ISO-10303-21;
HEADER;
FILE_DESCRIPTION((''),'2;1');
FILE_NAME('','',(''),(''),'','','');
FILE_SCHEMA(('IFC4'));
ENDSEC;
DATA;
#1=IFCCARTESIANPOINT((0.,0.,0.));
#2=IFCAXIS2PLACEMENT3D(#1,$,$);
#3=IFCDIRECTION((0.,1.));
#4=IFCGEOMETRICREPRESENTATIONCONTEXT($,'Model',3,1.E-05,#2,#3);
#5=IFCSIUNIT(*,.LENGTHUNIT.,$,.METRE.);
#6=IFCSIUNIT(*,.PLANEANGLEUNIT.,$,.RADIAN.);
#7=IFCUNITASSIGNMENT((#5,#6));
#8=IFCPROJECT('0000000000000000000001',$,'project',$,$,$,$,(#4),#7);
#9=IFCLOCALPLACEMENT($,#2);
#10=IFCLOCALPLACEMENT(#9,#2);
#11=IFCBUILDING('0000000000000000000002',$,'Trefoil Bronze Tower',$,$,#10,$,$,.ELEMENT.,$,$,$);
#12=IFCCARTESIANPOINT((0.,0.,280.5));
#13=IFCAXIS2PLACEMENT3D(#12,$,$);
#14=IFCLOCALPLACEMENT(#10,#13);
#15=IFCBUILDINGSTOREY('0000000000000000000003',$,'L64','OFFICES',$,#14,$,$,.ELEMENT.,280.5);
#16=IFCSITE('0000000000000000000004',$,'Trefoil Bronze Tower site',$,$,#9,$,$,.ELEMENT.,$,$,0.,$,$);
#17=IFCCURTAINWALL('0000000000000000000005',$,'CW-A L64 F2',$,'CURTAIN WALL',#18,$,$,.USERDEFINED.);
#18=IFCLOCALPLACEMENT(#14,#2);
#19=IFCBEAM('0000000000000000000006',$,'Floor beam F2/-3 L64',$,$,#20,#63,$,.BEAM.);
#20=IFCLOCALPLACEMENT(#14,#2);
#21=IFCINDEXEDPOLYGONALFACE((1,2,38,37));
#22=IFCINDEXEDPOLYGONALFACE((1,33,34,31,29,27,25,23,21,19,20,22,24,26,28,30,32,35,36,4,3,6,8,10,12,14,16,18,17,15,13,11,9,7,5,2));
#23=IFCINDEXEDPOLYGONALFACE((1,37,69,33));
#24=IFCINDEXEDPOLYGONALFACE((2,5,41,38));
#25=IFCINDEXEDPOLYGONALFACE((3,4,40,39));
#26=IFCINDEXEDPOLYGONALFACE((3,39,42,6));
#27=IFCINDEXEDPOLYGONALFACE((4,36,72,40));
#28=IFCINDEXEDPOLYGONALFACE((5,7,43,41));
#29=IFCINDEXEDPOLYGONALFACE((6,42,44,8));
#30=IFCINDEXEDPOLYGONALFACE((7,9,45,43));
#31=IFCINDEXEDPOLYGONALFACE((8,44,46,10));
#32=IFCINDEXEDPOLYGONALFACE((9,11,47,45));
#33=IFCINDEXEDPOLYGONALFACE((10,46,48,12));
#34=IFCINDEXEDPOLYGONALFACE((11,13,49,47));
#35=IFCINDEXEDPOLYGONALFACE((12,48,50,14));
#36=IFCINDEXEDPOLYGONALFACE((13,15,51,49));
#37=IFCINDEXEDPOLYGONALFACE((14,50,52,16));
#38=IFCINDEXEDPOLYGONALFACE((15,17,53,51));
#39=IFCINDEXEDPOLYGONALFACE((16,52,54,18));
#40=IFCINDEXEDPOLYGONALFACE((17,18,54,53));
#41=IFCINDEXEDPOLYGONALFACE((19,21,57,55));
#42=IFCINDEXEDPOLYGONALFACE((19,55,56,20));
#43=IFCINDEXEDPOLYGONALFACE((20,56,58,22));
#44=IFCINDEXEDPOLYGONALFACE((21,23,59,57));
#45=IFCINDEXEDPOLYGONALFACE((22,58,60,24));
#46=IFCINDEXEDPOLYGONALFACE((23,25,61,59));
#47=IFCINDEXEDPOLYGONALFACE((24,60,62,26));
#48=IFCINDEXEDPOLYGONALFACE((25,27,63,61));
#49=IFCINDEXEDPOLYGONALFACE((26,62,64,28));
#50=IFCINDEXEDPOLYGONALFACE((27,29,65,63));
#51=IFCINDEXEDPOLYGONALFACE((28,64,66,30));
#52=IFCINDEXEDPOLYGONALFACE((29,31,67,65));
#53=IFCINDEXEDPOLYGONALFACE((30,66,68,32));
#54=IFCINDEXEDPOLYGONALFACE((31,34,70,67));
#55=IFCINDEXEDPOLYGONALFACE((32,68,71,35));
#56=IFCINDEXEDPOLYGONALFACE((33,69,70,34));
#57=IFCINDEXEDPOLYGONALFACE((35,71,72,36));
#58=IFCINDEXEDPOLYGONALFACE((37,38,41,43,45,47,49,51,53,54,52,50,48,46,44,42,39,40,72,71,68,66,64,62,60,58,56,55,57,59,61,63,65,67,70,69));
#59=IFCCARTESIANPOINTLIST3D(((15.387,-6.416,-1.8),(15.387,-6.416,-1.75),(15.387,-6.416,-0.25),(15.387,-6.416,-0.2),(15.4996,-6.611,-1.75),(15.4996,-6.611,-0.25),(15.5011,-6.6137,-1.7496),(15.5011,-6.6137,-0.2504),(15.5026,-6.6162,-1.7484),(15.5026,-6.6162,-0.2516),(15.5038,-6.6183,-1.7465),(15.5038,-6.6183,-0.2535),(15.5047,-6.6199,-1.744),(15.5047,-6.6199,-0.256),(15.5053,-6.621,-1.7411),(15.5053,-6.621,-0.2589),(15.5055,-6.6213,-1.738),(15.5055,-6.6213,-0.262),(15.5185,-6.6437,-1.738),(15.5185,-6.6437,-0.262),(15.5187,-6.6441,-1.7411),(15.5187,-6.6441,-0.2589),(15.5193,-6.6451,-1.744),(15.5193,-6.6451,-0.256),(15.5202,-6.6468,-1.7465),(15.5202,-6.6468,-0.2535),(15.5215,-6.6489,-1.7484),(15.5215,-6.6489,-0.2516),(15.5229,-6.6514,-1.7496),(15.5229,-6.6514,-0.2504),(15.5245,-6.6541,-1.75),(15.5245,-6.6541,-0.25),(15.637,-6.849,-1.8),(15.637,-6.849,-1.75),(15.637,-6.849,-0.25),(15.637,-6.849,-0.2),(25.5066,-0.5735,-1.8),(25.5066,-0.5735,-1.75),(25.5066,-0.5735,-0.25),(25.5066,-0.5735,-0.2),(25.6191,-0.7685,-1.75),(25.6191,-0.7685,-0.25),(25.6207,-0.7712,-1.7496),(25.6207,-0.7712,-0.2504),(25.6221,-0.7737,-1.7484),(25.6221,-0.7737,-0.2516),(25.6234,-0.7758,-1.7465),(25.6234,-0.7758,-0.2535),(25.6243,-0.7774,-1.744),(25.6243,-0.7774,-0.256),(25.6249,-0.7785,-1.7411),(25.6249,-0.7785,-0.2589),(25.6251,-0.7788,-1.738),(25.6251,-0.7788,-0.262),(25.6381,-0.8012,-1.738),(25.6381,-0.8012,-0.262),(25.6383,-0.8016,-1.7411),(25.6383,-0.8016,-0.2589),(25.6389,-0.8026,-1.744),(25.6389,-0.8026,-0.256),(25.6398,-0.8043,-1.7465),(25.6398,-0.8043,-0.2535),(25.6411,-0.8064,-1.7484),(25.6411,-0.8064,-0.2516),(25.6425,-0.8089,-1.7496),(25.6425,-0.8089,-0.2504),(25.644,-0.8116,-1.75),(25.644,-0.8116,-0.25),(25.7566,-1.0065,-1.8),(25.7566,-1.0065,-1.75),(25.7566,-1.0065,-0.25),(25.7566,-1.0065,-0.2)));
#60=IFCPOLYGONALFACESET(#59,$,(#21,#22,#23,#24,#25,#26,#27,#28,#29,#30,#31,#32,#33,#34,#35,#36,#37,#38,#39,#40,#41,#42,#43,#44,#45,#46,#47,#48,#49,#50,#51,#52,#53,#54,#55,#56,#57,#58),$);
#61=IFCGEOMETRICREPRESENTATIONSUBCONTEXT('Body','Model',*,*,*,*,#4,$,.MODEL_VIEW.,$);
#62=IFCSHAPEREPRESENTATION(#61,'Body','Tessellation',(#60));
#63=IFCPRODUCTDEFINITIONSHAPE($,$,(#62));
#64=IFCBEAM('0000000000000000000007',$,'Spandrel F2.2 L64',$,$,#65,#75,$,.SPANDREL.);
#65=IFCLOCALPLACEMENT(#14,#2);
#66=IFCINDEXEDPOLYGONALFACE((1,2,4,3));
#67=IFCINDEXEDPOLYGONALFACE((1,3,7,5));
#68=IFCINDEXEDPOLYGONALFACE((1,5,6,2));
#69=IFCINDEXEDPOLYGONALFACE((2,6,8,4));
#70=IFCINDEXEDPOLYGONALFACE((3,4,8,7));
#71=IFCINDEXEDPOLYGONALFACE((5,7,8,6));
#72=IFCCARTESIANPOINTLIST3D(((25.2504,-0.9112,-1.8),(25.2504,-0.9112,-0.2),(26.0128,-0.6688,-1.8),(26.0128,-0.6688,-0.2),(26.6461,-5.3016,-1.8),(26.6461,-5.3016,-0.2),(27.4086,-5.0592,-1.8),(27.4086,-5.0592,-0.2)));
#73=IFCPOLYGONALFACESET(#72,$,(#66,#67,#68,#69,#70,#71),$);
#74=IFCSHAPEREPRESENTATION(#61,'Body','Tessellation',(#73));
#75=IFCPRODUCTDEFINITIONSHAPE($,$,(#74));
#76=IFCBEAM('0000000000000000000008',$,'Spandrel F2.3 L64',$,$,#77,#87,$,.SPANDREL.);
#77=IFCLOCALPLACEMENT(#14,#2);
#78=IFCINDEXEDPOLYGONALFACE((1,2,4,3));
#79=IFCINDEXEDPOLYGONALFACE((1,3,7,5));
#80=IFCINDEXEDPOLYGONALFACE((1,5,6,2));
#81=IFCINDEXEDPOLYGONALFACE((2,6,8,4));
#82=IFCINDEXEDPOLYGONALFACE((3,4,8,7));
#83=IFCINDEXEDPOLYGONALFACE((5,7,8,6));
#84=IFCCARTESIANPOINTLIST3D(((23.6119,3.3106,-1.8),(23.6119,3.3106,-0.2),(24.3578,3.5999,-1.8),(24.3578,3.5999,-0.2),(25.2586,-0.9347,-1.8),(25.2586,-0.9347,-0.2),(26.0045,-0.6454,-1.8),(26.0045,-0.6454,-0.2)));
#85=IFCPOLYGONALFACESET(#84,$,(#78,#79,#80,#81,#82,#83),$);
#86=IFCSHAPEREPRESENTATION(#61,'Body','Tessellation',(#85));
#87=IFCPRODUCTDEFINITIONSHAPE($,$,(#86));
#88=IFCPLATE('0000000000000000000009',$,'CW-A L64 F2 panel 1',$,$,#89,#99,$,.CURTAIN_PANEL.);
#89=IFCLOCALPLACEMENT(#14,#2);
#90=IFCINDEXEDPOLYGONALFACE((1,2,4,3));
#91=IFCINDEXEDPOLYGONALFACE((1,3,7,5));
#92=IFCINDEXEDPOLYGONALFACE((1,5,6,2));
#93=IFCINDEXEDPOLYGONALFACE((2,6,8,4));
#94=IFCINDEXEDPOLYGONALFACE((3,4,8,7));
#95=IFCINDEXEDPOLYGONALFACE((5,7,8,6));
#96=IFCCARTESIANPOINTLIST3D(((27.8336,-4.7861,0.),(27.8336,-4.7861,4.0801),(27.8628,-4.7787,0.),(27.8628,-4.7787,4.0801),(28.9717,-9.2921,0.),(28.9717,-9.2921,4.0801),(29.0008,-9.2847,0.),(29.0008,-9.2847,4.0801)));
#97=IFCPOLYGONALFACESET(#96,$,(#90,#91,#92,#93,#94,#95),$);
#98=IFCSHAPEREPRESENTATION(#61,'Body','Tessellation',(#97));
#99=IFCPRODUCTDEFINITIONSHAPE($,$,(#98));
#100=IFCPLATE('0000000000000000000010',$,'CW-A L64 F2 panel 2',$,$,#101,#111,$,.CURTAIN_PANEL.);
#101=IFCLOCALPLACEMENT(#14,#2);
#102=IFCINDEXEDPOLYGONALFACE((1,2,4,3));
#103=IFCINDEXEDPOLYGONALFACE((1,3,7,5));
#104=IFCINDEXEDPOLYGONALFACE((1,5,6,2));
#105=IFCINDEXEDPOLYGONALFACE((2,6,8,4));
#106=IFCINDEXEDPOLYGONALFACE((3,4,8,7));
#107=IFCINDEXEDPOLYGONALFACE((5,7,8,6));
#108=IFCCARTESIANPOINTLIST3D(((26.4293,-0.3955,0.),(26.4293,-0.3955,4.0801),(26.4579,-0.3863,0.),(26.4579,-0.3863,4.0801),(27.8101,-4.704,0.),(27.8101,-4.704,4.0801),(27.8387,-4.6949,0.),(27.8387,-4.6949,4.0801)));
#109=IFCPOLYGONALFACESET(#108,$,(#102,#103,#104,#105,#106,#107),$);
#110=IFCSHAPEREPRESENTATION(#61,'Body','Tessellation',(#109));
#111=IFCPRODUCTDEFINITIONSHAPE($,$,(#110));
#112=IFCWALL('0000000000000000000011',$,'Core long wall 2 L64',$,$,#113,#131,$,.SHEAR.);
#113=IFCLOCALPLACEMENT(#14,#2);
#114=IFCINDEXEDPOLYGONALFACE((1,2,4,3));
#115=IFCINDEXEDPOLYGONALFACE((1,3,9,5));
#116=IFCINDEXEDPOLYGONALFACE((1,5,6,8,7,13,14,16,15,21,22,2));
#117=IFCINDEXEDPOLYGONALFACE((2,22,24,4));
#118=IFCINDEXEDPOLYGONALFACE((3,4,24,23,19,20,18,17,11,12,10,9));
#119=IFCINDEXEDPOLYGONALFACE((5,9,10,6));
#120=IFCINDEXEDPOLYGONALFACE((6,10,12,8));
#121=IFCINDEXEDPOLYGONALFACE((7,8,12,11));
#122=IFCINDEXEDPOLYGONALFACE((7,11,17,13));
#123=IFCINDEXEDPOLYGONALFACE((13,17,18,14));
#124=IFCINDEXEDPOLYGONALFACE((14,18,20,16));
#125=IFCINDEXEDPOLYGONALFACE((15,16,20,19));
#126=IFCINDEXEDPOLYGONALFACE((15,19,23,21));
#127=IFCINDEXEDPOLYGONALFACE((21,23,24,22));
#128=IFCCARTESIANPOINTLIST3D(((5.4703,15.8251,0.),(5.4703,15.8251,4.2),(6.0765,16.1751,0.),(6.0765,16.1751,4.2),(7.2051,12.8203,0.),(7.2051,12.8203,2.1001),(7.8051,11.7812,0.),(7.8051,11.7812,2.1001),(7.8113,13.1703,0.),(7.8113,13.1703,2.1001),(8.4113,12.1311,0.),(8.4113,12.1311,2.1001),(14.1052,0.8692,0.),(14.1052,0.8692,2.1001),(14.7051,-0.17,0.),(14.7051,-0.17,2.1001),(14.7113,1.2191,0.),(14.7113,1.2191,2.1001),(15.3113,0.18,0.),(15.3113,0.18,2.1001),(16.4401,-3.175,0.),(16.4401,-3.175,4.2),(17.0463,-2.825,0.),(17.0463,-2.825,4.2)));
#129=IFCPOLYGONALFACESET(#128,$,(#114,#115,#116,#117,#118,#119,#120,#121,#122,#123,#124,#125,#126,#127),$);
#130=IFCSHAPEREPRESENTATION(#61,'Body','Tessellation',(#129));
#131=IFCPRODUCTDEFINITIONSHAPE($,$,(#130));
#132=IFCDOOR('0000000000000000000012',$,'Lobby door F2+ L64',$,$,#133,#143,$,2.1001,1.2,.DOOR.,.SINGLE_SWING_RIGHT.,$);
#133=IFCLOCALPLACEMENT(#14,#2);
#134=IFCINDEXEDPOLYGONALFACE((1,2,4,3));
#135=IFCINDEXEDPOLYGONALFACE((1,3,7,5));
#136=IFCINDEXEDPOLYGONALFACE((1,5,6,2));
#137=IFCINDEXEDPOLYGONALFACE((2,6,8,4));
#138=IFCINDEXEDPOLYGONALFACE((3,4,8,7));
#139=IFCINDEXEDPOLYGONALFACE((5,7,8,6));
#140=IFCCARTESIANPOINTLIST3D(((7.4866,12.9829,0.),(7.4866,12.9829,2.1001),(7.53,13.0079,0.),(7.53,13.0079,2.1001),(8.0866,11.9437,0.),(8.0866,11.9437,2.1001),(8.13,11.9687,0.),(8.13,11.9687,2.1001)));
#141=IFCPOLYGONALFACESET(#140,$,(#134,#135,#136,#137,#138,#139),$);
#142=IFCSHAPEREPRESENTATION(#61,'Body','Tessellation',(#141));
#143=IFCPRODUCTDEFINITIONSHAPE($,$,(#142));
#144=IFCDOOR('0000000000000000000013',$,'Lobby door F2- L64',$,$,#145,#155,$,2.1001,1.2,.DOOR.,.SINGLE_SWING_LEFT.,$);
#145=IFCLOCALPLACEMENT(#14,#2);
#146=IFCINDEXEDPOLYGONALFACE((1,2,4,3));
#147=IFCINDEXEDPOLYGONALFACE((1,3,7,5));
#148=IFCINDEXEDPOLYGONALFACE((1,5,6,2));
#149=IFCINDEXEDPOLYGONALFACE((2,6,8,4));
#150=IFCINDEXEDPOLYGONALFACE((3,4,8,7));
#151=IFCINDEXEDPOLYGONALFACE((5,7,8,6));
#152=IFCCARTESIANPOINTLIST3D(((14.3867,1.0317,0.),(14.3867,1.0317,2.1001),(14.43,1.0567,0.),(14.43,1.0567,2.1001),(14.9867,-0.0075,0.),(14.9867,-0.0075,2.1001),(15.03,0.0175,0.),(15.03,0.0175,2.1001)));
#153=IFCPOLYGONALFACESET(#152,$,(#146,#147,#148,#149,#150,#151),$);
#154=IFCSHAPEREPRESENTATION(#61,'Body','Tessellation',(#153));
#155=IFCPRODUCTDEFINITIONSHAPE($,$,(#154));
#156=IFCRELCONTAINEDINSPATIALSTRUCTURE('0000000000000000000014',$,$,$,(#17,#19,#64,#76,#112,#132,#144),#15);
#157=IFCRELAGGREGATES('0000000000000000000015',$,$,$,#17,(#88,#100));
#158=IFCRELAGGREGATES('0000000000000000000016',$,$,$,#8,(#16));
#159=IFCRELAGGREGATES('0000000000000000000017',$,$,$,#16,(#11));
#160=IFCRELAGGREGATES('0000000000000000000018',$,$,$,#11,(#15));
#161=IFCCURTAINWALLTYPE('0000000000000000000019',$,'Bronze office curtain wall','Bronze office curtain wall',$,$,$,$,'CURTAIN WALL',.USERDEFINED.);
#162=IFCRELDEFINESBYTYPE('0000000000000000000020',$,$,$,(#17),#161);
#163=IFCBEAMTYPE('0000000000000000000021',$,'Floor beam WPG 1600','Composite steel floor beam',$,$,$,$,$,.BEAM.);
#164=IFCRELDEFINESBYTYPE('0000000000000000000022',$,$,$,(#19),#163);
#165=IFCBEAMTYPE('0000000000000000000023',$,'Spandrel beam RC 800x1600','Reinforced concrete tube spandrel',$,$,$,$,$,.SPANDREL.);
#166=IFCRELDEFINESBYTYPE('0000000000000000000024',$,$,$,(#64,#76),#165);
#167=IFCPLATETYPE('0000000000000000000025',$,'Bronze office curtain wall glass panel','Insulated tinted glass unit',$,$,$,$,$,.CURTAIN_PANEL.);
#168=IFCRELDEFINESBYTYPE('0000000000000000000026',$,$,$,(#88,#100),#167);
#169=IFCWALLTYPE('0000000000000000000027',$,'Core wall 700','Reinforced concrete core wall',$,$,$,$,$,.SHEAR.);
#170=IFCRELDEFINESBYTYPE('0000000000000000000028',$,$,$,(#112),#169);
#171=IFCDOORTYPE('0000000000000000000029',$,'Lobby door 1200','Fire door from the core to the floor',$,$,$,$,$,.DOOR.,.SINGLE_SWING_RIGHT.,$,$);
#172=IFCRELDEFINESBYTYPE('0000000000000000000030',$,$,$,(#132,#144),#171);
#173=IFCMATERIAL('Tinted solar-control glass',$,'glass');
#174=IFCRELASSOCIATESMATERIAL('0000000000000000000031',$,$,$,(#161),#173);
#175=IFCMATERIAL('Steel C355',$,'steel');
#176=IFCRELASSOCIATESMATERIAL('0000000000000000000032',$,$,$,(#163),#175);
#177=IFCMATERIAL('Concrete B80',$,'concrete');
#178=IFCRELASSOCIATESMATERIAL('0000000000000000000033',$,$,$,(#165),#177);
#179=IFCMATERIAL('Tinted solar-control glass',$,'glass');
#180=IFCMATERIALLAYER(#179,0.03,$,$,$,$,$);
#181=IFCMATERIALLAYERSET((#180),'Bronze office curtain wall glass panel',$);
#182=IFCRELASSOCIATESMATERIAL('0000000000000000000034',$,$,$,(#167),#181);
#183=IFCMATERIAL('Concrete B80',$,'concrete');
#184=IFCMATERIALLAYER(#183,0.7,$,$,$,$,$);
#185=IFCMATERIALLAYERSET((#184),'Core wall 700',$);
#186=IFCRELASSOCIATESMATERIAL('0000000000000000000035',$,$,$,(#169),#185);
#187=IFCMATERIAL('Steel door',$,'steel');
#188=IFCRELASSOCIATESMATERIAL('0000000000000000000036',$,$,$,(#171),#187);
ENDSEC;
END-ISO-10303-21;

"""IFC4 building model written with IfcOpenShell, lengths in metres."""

from ifc_helpers import new_model, si_unit, direction, frame, frame_2d, origin, origin_2d, place, context, subcontext, project, spatial, rectangle, i_section, extrude, material, layer, layer_set, material_profile, profile_set, type_object, element, fill, aggregate, save


model = new_model("IFC4")

# Units and contexts
model_context = context("Model", 3, precision=1e-05, world=origin(), true_north=direction((0.0, 1.0)))
body_context = subcontext(model_context, "Body", "Model", "MODEL_VIEW")
ifc_project = project(units=[si_unit("LENGTHUNIT", "METRE"), si_unit("PLANEANGLEUNIT", "RADIAN")], contexts=[model_context])

# Site, building, storey
site_placement = place(None, origin())
site = spatial("IfcSite", under=ifc_project, at=site_placement, Name="Trefoil Bronze Tower site", CompositionType="ELEMENT", RefElevation=0.0)
building_placement = place(site_placement, origin())
building = spatial("IfcBuilding", under=site, at=building_placement, Name="Trefoil Bronze Tower", CompositionType="ELEMENT")
storey_placement = place(building_placement, frame((0.0, 0.0, 280.5)))
storey = spatial("IfcBuildingStorey", under=building, at=storey_placement, Name="L64", Description="OFFICES", CompositionType="ELEMENT", Elevation=280.5)

# Curtain wall
ifc_material_1 = material(Name="Tinted solar-control glass", Category="glass")
curtain_wall_type = type_object("IfcCurtainWallType", Name="Bronze office curtain wall", Description="Bronze office curtain wall", ElementType="CURTAIN WALL", PredefinedType="USERDEFINED", material=ifc_material_1)
curtain_wall_placement = place(storey_placement, origin())
curtain_wall = element("IfcCurtainWall", 1, at=curtain_wall_placement, inside=storey, type_object=curtain_wall_type, Name="CW-A L64 F2", ObjectType="CURTAIN WALL", PredefinedType="USERDEFINED")

# Beams
ifc_material_2 = material(Name="Steel C355", Category="steel")
ifc_material_profile_1 = material_profile(ifc_material_2, i_section(OverallWidth=0.5, OverallDepth=1.6001, WebThickness=0.0259, FlangeThickness=0.05, FilletRadius=0.012, at=origin_2d()), Name="WPG 1600")
ifc_profile_set_1 = profile_set([ifc_material_profile_1], Name="Steel C355")
beam_type_1 = type_object("IfcBeamType", Name="Floor beam WPG 1600", Description="Composite steel floor beam", PredefinedType="BEAM", material=ifc_profile_set_1)
beam_1_placement = place(storey_placement, frame((25.6316, -0.79, -1.0), z_axis=(-0.866027, -0.499997, 0.0), x_axis=(0.499997, -0.866027, 0.0)))
element("IfcBeam", 2, at=beam_1_placement, inside=storey, type_object=beam_type_1, Name="Floor beam F2/-3 L64", PredefinedType="BEAM", context=body_context, shape_type="SweptSolid", body=[
    extrude(i_section(OverallWidth=0.5, OverallDepth=1.6001, WebThickness=0.0259, FlangeThickness=0.05, FilletRadius=0.012, at=origin_2d()), origin(), (0.0, 0.0, 1.0), 11.6851),
])
ifc_material_3 = material(Name="Concrete B80", Category="concrete")
ifc_material_profile_2 = material_profile(ifc_material_3, rectangle(XDim=0.8, YDim=1.6001, at=origin_2d()), Name="RC 800x1600")
ifc_profile_set_2 = profile_set([ifc_material_profile_2], Name="Concrete B80")
beam_type_2 = type_object("IfcBeamType", Name="Spandrel beam RC 800x1600", Description="Reinforced concrete tube spandrel", PredefinedType="SPANDREL", material=ifc_profile_set_2)
beam_2_placement = place(storey_placement, frame((27.0273, -5.1804, -1.0), z_axis=(-0.30297, 0.953, 0.0), x_axis=(-0.953, -0.30297, 0.0)))
element("IfcBeam", 3, at=beam_2_placement, inside=storey, type_object=beam_type_2, Name="Spandrel F2.2 L64", PredefinedType="SPANDREL", context=body_context, shape_type="SweptSolid", body=[
    extrude(rectangle(XDim=0.8, YDim=1.6001, at=origin_2d()), origin(), (0.0, 0.0, 1.0), 4.6069),
])
beam_3_placement = place(storey_placement, frame((25.6316, -0.79, -1.0), z_axis=(-0.361636, 0.932319, 0.0), x_axis=(-0.932319, -0.361636, 0.0)))
element("IfcBeam", 4, at=beam_3_placement, inside=storey, type_object=beam_type_2, Name="Spandrel F2.3 L64", PredefinedType="SPANDREL", context=body_context, shape_type="SweptSolid", body=[
    extrude(rectangle(XDim=0.8, YDim=1.6001, at=origin_2d()), origin(), (0.0, 0.0, 1.0), 4.5535),
])

# Plates
ifc_material_4 = material(Name="Tinted solar-control glass", Category="glass")
ifc_layer_1 = layer(ifc_material_4, 0.03)
ifc_layer_set_1 = layer_set([ifc_layer_1], Name="Bronze office curtain wall glass panel")
plate_type = type_object("IfcPlateType", Name="Bronze office curtain wall glass panel", Description="Insulated tinted glass unit", PredefinedType="CURTAIN_PANEL", material=ifc_layer_set_1)
plate_1_placement = place(storey_placement, frame((28.4172, -7.0354, 0.0), z_axis=(0.0, 0.0, 1.0), x_axis=(-0.24488, 0.969554, 0.0)))
plate_1 = element("IfcPlate", 5, at=plate_1_placement, type_object=plate_type, Name="CW-A L64 F2 panel 1", PredefinedType="CURTAIN_PANEL", context=body_context, shape_type="SweptSolid", body=[
    extrude(rectangle(XDim=4.6475, YDim=0.03, at=origin_2d()), origin(), (0.0, 0.0, 1.0), 4.0801),
])
plate_2_placement = place(storey_placement, frame((27.134, -2.5452, 0.0), z_axis=(0.0, 0.0, 1.0), x_axis=(-0.305188, 0.952292, 0.0)))
plate_2 = element("IfcPlate", 6, at=plate_2_placement, type_object=plate_type, Name="CW-A L64 F2 panel 2", PredefinedType="CURTAIN_PANEL", context=body_context, shape_type="SweptSolid", body=[
    extrude(rectangle(XDim=4.5244, YDim=0.03, at=origin_2d()), origin(), (0.0, 0.0, 1.0), 4.0801),
])
aggregate(curtain_wall, [plate_1, plate_2])

# Wall, openings, doors
ifc_material_5 = material(Name="Concrete B80", Category="concrete")
ifc_layer_2 = layer(ifc_material_5, 0.7)
ifc_layer_set_2 = layer_set([ifc_layer_2], Name="Core wall 700")
wall_type_1 = type_object("IfcWallType", Name="Core wall 700", Description="Reinforced concrete core wall", PredefinedType="SHEAR", material=ifc_layer_set_2)
wall_1_placement = place(storey_placement, frame((16.7432, -3.0, 0.0), z_axis=(0.0, 0.0, 1.0), x_axis=(-0.500002, 0.866024, 0.0)))
wall_1 = element("IfcWall", 7, at=wall_1_placement, inside=storey, type_object=wall_type_1, Name="Core long wall 2 L64", PredefinedType="SHEAR", context=body_context, shape_type="SweptSolid", body=[
    extrude(rectangle(XDim=21.9395, YDim=0.7, at=frame_2d((10.9697, 0.0))), origin(), (0.0, 0.0, 1.0), 4.2),
])
opening_1_placement = place(wall_1_placement, frame((17.2698, 0.0, 0.0)))
opening_1 = element("IfcOpeningElement", 8, at=opening_1_placement, cuts=wall_1, PredefinedType="OPENING", context=body_context, shape_type="SweptSolid", body=[
    extrude(rectangle(XDim=1.2, YDim=2.1001, at=frame_2d((0.6001, 1.05))), frame((0.0, 0.3599, 0.0), z_axis=(0.0, -1.0, 0.0), x_axis=(1.0, 0.0, 0.0)), (0.0, 0.0, 1.0), 0.72),
])
opening_2_placement = place(wall_1_placement, frame((3.4697, 0.0, 0.0)))
opening_2 = element("IfcOpeningElement", 9, at=opening_2_placement, cuts=wall_1, PredefinedType="OPENING", context=body_context, shape_type="SweptSolid", body=[
    extrude(rectangle(XDim=1.2, YDim=2.1001, at=frame_2d((0.6001, 1.05))), frame((0.0, 0.3599, 0.0), z_axis=(0.0, -1.0, 0.0), x_axis=(1.0, 0.0, 0.0)), (0.0, 0.0, 1.0), 0.72),
])
ifc_material_6 = material(Name="Steel door", Category="steel")
door_type_1 = type_object("IfcDoorType", Name="Lobby door 1200", Description="Fire door from the core to the floor", OperationType="SINGLE_SWING_RIGHT", PredefinedType="DOOR", material=ifc_material_6)
door_1_placement = place(opening_1_placement, origin())
door_1 = element("IfcDoor", 10, at=door_1_placement, inside=storey, type_object=door_type_1, Name="Lobby door F2+ L64", OperationType="SINGLE_SWING_RIGHT", OverallHeight=2.1001, OverallWidth=1.2, PredefinedType="DOOR", context=body_context, shape_type="SweptSolid", body=[
    extrude(rectangle(XDim=1.2, YDim=2.1001, at=frame_2d((0.6001, 1.05))), frame((0.0, 0.0249, 0.0), z_axis=(0.0, -1.0, 0.0), x_axis=(1.0, 0.0, 0.0)), (0.0, 0.0, 1.0), 0.05),
])
fill(opening_1, door_1)
door_2_placement = place(opening_2_placement, origin())
door_2 = element("IfcDoor", 11, at=door_2_placement, inside=storey, type_object=door_type_1, Name="Lobby door F2- L64", OperationType="SINGLE_SWING_LEFT", OverallHeight=2.1001, OverallWidth=1.2, PredefinedType="DOOR", context=body_context, shape_type="SweptSolid", body=[
    extrude(rectangle(XDim=1.2, YDim=2.1001, at=frame_2d((0.6001, 1.05))), frame((0.0, 0.0249, 0.0), z_axis=(0.0, -1.0, 0.0), x_axis=(1.0, 0.0, 0.0)), (0.0, 0.0, 1.0), 0.05),
])
fill(opening_2, door_2)

save(model, "model.ifc")
